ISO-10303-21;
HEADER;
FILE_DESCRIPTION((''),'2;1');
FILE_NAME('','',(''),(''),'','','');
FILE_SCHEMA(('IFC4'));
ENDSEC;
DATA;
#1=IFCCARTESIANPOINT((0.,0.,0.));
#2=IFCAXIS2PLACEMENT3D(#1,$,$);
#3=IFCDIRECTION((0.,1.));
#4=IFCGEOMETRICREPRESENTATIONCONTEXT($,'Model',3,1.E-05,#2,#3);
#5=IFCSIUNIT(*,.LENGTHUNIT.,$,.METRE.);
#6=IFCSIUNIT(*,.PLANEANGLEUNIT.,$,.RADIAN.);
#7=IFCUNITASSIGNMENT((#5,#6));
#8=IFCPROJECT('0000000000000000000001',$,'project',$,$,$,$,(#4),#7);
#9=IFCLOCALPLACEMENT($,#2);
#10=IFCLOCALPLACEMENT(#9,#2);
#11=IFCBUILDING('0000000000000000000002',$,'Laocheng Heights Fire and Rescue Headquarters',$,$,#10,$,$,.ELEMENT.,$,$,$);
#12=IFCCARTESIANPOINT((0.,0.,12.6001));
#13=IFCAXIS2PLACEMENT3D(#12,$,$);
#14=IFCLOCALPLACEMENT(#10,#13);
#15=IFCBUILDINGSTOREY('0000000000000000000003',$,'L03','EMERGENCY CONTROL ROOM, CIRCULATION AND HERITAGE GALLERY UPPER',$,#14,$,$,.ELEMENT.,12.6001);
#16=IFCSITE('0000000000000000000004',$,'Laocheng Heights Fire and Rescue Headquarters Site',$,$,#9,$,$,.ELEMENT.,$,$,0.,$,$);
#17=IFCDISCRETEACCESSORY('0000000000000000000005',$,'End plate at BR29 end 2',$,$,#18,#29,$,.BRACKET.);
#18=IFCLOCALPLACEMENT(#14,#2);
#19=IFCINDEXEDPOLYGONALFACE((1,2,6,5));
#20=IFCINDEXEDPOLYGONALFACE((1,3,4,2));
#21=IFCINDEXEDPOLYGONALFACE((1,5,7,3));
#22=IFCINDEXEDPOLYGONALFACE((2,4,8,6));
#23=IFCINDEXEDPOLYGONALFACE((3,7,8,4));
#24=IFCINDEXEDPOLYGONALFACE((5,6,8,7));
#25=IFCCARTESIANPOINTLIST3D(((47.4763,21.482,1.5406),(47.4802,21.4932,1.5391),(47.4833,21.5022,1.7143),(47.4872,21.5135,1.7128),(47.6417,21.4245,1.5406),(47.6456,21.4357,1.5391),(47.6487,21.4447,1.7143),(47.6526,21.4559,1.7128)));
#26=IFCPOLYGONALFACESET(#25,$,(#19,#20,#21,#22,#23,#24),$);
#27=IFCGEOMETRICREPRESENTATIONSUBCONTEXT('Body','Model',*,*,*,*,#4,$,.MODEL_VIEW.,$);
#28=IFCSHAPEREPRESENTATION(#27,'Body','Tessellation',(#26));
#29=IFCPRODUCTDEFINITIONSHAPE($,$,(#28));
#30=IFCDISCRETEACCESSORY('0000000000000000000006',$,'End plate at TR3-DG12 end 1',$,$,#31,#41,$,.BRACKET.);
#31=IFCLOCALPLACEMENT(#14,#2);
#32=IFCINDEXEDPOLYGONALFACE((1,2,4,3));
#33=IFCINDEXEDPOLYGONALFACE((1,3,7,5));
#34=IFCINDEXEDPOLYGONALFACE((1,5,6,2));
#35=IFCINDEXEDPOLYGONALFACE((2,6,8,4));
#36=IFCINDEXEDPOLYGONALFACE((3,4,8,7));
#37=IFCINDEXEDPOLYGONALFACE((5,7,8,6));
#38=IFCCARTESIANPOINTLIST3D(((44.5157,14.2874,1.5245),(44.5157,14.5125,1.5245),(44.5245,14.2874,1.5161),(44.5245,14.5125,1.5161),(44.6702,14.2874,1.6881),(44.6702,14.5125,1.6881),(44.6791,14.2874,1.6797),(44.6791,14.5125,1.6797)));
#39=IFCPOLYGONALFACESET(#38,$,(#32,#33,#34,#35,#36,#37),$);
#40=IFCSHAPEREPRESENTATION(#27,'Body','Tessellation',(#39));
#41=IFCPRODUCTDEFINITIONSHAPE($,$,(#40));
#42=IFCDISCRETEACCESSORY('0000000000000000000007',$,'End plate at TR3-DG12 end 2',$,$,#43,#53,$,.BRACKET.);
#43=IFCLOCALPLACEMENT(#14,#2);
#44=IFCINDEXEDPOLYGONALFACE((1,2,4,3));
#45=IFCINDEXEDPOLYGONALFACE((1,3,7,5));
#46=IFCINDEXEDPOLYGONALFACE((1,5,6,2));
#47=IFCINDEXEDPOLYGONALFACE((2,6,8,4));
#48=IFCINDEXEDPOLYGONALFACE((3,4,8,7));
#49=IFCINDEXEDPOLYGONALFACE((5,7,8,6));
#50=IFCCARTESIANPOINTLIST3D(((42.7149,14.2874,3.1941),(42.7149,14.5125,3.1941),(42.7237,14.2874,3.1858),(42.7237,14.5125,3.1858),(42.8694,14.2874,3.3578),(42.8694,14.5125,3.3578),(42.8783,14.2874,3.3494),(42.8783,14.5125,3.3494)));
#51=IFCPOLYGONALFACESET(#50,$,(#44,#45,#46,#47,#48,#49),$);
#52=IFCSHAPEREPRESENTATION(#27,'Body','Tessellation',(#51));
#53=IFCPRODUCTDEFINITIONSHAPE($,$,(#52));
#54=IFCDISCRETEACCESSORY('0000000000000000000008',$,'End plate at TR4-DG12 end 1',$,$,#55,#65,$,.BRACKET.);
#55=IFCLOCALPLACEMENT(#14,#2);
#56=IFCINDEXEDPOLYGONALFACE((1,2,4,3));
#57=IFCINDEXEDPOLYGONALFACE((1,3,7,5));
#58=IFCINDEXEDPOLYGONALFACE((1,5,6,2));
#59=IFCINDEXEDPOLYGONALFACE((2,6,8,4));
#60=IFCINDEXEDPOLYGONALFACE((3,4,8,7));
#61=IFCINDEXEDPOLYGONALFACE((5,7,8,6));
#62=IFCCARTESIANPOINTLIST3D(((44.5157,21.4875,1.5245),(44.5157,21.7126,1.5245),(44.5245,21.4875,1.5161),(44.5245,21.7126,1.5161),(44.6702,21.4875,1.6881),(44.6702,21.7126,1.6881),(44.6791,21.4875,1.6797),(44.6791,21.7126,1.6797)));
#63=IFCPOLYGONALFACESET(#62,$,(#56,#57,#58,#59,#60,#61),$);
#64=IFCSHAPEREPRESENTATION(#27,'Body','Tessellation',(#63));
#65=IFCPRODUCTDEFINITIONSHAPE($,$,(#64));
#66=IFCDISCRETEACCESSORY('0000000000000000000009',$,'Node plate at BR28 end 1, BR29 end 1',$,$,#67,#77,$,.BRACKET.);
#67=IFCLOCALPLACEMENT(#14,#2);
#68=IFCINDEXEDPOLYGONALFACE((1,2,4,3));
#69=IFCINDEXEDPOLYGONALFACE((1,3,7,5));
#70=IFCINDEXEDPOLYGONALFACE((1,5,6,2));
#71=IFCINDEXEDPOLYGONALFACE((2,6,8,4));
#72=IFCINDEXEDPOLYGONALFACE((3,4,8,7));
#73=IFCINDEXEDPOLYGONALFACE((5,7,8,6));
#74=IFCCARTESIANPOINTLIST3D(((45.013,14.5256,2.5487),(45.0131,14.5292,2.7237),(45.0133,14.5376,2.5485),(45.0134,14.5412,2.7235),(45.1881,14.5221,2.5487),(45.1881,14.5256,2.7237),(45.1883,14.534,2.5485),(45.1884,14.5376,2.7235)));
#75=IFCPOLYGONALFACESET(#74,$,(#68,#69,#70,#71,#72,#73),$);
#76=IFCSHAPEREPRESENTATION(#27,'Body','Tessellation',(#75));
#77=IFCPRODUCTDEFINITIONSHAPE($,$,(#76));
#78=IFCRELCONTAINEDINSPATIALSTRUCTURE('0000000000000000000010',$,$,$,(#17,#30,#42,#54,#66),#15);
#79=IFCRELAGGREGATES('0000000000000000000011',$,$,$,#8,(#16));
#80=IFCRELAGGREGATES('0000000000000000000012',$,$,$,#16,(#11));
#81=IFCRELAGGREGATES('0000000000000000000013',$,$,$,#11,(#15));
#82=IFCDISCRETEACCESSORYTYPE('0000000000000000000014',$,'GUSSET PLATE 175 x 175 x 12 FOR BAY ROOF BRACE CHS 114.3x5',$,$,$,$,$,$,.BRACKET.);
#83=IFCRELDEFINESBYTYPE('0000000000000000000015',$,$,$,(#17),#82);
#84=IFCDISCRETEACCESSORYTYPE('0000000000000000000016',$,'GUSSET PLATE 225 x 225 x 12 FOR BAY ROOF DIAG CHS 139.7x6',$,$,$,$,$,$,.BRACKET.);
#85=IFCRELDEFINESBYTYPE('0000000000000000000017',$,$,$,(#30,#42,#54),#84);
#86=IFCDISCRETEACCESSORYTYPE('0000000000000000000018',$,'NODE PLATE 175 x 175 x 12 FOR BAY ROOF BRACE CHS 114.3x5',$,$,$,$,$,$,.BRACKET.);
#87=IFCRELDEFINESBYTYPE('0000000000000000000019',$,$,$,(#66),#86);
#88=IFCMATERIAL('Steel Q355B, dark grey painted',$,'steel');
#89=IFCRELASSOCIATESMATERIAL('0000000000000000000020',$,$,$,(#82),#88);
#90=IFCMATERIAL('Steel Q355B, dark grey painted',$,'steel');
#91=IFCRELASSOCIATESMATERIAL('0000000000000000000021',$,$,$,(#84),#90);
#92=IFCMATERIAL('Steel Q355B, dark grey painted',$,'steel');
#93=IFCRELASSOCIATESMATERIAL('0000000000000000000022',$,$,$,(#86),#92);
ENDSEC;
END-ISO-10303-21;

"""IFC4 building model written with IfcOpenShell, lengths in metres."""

from ifc_helpers import new_model, si_unit, direction, frame, origin, origin_2d, place, context, subcontext, project, spatial, rectangle, extrude, material, material_profile, profile_set, type_object, element, save


model = new_model("IFC4")

# Units and contexts
model_context = context("Model", 3, precision=1e-05, world=origin(), true_north=direction((0.0, 1.0)))
body_context = subcontext(model_context, "Body", "Model", "MODEL_VIEW")
ifc_project = project(units=[si_unit("LENGTHUNIT", "METRE"), si_unit("PLANEANGLEUNIT", "RADIAN")], contexts=[model_context])

# Site, building, storey
site_placement = place(None, origin())
site = spatial("IfcSite", under=ifc_project, at=site_placement, Name="Laocheng Heights Fire and Rescue Headquarters Site", CompositionType="ELEMENT", RefElevation=0.0)
building_placement = place(site_placement, origin())
building = spatial("IfcBuilding", under=site, at=building_placement, Name="Laocheng Heights Fire and Rescue Headquarters", CompositionType="ELEMENT")
storey_placement = place(building_placement, frame((0.0, 0.0, 12.6001)))
storey = spatial("IfcBuildingStorey", under=building, at=storey_placement, Name="L03", Description="EMERGENCY CONTROL ROOM, CIRCULATION AND HERITAGE GALLERY UPPER", CompositionType="ELEMENT", Elevation=12.6001)

# Discrete accessories
ifc_material_1 = material(Name="Steel Q355B, dark grey painted", Category="steel")
ifc_material_profile_1 = material_profile(ifc_material_1, rectangle(XDim=0.175, YDim=0.175, at=origin_2d()), Name="GUSSET PLATE 175 x 175 x 12 FOR BAY ROOF BRACE CHS 114.3x5")
ifc_profile_set_1 = profile_set([ifc_material_profile_1], Name="Steel Q355B, dark grey painted")
discrete_accessory_type_1 = type_object("IfcDiscreteAccessoryType", Name="GUSSET PLATE 175 x 175 x 12 FOR BAY ROOF BRACE CHS 114.3x5", PredefinedType="BRACKET", material=ifc_profile_set_1)
discrete_accessory_1_placement = place(storey_placement, frame((47.5625, 21.4634, 1.6274), z_axis=(0.326056, 0.93741, -0.122271), x_axis=(-0.944497, 0.328521, 0.0)))
element("IfcDiscreteAccessory", 1, at=discrete_accessory_1_placement, inside=storey, type_object=discrete_accessory_type_1, Name="End plate at BR29 end 2", PredefinedType="BRACKET", context=body_context, shape_type="SweptSolid", body=[
    extrude(rectangle(XDim=0.175, YDim=0.175, at=origin_2d()), origin(), (0.0, 0.0, 1.0), 0.012),
])
ifc_material_2 = material(Name="Steel Q355B, dark grey painted", Category="steel")
ifc_material_profile_2 = material_profile(ifc_material_2, rectangle(XDim=0.2251, YDim=0.2251, at=origin_2d()), Name="GUSSET PLATE 225 x 225 x 12 FOR BAY ROOF DIAG CHS 139.7x6")
ifc_profile_set_2 = profile_set([ifc_material_profile_2], Name="Steel Q355B, dark grey painted")
discrete_accessory_type_2 = type_object("IfcDiscreteAccessoryType", Name="GUSSET PLATE 225 x 225 x 12 FOR BAY ROOF DIAG CHS 139.7x6", PredefinedType="BRACKET", material=ifc_profile_set_2)
for number, where, z_axis, x_axis, name in (
    (2, (44.6018, 14.3999, 1.5979), (-0.727013, 0.0, 0.686624), (0.0, -1.0, 0.0), "End plate at TR3-DG12 end 1"),
    (3, (42.801, 14.3999, 3.2676), (-0.727013, 0.0, 0.686624), (0.0, -1.0, 0.0), "End plate at TR3-DG12 end 2"),
    (4, (44.6018, 21.6001, 1.5979), (-0.727013, 0.0, 0.686624), (0.0, -1.0, 0.0), "End plate at TR4-DG12 end 1"),
):
    element("IfcDiscreteAccessory", number, at=place(storey_placement, frame(where, z_axis=z_axis, x_axis=x_axis)), inside=storey, type_object=discrete_accessory_type_2, Name=name, PredefinedType="BRACKET", context=body_context, shape_type="SweptSolid", body=[
        extrude(rectangle(XDim=0.2251, YDim=0.2251, at=origin_2d()), origin(), (0.0, 0.0, 1.0), 0.0122),
    ])
ifc_material_3 = material(Name="Steel Q355B, dark grey painted", Category="steel")
ifc_material_profile_3 = material_profile(ifc_material_3, rectangle(XDim=0.175, YDim=0.175, at=origin_2d()), Name="NODE PLATE 175 x 175 x 12 FOR BAY ROOF BRACE CHS 114.3x5")
ifc_profile_set_3 = profile_set([ifc_material_profile_3], Name="Steel Q355B, dark grey painted")
discrete_accessory_type_3 = type_object("IfcDiscreteAccessoryType", Name="NODE PLATE 175 x 175 x 12 FOR BAY ROOF BRACE CHS 114.3x5", PredefinedType="BRACKET", material=ifc_profile_set_3)
discrete_accessory_2_placement = place(storey_placement, frame((45.1006, 14.5256, 2.6362), z_axis=(0.0204, 0.999584, -0.0204), x_axis=(-0.999792, 0.020404, 0.0)))
element("IfcDiscreteAccessory", 5, at=discrete_accessory_2_placement, inside=storey, type_object=discrete_accessory_type_3, Name="Node plate at BR28 end 1, BR29 end 1", PredefinedType="BRACKET", context=body_context, shape_type="SweptSolid", body=[
    extrude(rectangle(XDim=0.175, YDim=0.175, at=origin_2d()), origin(), (0.0, 0.0, 1.0), 0.012),
])

save(model, "model.ifc")
